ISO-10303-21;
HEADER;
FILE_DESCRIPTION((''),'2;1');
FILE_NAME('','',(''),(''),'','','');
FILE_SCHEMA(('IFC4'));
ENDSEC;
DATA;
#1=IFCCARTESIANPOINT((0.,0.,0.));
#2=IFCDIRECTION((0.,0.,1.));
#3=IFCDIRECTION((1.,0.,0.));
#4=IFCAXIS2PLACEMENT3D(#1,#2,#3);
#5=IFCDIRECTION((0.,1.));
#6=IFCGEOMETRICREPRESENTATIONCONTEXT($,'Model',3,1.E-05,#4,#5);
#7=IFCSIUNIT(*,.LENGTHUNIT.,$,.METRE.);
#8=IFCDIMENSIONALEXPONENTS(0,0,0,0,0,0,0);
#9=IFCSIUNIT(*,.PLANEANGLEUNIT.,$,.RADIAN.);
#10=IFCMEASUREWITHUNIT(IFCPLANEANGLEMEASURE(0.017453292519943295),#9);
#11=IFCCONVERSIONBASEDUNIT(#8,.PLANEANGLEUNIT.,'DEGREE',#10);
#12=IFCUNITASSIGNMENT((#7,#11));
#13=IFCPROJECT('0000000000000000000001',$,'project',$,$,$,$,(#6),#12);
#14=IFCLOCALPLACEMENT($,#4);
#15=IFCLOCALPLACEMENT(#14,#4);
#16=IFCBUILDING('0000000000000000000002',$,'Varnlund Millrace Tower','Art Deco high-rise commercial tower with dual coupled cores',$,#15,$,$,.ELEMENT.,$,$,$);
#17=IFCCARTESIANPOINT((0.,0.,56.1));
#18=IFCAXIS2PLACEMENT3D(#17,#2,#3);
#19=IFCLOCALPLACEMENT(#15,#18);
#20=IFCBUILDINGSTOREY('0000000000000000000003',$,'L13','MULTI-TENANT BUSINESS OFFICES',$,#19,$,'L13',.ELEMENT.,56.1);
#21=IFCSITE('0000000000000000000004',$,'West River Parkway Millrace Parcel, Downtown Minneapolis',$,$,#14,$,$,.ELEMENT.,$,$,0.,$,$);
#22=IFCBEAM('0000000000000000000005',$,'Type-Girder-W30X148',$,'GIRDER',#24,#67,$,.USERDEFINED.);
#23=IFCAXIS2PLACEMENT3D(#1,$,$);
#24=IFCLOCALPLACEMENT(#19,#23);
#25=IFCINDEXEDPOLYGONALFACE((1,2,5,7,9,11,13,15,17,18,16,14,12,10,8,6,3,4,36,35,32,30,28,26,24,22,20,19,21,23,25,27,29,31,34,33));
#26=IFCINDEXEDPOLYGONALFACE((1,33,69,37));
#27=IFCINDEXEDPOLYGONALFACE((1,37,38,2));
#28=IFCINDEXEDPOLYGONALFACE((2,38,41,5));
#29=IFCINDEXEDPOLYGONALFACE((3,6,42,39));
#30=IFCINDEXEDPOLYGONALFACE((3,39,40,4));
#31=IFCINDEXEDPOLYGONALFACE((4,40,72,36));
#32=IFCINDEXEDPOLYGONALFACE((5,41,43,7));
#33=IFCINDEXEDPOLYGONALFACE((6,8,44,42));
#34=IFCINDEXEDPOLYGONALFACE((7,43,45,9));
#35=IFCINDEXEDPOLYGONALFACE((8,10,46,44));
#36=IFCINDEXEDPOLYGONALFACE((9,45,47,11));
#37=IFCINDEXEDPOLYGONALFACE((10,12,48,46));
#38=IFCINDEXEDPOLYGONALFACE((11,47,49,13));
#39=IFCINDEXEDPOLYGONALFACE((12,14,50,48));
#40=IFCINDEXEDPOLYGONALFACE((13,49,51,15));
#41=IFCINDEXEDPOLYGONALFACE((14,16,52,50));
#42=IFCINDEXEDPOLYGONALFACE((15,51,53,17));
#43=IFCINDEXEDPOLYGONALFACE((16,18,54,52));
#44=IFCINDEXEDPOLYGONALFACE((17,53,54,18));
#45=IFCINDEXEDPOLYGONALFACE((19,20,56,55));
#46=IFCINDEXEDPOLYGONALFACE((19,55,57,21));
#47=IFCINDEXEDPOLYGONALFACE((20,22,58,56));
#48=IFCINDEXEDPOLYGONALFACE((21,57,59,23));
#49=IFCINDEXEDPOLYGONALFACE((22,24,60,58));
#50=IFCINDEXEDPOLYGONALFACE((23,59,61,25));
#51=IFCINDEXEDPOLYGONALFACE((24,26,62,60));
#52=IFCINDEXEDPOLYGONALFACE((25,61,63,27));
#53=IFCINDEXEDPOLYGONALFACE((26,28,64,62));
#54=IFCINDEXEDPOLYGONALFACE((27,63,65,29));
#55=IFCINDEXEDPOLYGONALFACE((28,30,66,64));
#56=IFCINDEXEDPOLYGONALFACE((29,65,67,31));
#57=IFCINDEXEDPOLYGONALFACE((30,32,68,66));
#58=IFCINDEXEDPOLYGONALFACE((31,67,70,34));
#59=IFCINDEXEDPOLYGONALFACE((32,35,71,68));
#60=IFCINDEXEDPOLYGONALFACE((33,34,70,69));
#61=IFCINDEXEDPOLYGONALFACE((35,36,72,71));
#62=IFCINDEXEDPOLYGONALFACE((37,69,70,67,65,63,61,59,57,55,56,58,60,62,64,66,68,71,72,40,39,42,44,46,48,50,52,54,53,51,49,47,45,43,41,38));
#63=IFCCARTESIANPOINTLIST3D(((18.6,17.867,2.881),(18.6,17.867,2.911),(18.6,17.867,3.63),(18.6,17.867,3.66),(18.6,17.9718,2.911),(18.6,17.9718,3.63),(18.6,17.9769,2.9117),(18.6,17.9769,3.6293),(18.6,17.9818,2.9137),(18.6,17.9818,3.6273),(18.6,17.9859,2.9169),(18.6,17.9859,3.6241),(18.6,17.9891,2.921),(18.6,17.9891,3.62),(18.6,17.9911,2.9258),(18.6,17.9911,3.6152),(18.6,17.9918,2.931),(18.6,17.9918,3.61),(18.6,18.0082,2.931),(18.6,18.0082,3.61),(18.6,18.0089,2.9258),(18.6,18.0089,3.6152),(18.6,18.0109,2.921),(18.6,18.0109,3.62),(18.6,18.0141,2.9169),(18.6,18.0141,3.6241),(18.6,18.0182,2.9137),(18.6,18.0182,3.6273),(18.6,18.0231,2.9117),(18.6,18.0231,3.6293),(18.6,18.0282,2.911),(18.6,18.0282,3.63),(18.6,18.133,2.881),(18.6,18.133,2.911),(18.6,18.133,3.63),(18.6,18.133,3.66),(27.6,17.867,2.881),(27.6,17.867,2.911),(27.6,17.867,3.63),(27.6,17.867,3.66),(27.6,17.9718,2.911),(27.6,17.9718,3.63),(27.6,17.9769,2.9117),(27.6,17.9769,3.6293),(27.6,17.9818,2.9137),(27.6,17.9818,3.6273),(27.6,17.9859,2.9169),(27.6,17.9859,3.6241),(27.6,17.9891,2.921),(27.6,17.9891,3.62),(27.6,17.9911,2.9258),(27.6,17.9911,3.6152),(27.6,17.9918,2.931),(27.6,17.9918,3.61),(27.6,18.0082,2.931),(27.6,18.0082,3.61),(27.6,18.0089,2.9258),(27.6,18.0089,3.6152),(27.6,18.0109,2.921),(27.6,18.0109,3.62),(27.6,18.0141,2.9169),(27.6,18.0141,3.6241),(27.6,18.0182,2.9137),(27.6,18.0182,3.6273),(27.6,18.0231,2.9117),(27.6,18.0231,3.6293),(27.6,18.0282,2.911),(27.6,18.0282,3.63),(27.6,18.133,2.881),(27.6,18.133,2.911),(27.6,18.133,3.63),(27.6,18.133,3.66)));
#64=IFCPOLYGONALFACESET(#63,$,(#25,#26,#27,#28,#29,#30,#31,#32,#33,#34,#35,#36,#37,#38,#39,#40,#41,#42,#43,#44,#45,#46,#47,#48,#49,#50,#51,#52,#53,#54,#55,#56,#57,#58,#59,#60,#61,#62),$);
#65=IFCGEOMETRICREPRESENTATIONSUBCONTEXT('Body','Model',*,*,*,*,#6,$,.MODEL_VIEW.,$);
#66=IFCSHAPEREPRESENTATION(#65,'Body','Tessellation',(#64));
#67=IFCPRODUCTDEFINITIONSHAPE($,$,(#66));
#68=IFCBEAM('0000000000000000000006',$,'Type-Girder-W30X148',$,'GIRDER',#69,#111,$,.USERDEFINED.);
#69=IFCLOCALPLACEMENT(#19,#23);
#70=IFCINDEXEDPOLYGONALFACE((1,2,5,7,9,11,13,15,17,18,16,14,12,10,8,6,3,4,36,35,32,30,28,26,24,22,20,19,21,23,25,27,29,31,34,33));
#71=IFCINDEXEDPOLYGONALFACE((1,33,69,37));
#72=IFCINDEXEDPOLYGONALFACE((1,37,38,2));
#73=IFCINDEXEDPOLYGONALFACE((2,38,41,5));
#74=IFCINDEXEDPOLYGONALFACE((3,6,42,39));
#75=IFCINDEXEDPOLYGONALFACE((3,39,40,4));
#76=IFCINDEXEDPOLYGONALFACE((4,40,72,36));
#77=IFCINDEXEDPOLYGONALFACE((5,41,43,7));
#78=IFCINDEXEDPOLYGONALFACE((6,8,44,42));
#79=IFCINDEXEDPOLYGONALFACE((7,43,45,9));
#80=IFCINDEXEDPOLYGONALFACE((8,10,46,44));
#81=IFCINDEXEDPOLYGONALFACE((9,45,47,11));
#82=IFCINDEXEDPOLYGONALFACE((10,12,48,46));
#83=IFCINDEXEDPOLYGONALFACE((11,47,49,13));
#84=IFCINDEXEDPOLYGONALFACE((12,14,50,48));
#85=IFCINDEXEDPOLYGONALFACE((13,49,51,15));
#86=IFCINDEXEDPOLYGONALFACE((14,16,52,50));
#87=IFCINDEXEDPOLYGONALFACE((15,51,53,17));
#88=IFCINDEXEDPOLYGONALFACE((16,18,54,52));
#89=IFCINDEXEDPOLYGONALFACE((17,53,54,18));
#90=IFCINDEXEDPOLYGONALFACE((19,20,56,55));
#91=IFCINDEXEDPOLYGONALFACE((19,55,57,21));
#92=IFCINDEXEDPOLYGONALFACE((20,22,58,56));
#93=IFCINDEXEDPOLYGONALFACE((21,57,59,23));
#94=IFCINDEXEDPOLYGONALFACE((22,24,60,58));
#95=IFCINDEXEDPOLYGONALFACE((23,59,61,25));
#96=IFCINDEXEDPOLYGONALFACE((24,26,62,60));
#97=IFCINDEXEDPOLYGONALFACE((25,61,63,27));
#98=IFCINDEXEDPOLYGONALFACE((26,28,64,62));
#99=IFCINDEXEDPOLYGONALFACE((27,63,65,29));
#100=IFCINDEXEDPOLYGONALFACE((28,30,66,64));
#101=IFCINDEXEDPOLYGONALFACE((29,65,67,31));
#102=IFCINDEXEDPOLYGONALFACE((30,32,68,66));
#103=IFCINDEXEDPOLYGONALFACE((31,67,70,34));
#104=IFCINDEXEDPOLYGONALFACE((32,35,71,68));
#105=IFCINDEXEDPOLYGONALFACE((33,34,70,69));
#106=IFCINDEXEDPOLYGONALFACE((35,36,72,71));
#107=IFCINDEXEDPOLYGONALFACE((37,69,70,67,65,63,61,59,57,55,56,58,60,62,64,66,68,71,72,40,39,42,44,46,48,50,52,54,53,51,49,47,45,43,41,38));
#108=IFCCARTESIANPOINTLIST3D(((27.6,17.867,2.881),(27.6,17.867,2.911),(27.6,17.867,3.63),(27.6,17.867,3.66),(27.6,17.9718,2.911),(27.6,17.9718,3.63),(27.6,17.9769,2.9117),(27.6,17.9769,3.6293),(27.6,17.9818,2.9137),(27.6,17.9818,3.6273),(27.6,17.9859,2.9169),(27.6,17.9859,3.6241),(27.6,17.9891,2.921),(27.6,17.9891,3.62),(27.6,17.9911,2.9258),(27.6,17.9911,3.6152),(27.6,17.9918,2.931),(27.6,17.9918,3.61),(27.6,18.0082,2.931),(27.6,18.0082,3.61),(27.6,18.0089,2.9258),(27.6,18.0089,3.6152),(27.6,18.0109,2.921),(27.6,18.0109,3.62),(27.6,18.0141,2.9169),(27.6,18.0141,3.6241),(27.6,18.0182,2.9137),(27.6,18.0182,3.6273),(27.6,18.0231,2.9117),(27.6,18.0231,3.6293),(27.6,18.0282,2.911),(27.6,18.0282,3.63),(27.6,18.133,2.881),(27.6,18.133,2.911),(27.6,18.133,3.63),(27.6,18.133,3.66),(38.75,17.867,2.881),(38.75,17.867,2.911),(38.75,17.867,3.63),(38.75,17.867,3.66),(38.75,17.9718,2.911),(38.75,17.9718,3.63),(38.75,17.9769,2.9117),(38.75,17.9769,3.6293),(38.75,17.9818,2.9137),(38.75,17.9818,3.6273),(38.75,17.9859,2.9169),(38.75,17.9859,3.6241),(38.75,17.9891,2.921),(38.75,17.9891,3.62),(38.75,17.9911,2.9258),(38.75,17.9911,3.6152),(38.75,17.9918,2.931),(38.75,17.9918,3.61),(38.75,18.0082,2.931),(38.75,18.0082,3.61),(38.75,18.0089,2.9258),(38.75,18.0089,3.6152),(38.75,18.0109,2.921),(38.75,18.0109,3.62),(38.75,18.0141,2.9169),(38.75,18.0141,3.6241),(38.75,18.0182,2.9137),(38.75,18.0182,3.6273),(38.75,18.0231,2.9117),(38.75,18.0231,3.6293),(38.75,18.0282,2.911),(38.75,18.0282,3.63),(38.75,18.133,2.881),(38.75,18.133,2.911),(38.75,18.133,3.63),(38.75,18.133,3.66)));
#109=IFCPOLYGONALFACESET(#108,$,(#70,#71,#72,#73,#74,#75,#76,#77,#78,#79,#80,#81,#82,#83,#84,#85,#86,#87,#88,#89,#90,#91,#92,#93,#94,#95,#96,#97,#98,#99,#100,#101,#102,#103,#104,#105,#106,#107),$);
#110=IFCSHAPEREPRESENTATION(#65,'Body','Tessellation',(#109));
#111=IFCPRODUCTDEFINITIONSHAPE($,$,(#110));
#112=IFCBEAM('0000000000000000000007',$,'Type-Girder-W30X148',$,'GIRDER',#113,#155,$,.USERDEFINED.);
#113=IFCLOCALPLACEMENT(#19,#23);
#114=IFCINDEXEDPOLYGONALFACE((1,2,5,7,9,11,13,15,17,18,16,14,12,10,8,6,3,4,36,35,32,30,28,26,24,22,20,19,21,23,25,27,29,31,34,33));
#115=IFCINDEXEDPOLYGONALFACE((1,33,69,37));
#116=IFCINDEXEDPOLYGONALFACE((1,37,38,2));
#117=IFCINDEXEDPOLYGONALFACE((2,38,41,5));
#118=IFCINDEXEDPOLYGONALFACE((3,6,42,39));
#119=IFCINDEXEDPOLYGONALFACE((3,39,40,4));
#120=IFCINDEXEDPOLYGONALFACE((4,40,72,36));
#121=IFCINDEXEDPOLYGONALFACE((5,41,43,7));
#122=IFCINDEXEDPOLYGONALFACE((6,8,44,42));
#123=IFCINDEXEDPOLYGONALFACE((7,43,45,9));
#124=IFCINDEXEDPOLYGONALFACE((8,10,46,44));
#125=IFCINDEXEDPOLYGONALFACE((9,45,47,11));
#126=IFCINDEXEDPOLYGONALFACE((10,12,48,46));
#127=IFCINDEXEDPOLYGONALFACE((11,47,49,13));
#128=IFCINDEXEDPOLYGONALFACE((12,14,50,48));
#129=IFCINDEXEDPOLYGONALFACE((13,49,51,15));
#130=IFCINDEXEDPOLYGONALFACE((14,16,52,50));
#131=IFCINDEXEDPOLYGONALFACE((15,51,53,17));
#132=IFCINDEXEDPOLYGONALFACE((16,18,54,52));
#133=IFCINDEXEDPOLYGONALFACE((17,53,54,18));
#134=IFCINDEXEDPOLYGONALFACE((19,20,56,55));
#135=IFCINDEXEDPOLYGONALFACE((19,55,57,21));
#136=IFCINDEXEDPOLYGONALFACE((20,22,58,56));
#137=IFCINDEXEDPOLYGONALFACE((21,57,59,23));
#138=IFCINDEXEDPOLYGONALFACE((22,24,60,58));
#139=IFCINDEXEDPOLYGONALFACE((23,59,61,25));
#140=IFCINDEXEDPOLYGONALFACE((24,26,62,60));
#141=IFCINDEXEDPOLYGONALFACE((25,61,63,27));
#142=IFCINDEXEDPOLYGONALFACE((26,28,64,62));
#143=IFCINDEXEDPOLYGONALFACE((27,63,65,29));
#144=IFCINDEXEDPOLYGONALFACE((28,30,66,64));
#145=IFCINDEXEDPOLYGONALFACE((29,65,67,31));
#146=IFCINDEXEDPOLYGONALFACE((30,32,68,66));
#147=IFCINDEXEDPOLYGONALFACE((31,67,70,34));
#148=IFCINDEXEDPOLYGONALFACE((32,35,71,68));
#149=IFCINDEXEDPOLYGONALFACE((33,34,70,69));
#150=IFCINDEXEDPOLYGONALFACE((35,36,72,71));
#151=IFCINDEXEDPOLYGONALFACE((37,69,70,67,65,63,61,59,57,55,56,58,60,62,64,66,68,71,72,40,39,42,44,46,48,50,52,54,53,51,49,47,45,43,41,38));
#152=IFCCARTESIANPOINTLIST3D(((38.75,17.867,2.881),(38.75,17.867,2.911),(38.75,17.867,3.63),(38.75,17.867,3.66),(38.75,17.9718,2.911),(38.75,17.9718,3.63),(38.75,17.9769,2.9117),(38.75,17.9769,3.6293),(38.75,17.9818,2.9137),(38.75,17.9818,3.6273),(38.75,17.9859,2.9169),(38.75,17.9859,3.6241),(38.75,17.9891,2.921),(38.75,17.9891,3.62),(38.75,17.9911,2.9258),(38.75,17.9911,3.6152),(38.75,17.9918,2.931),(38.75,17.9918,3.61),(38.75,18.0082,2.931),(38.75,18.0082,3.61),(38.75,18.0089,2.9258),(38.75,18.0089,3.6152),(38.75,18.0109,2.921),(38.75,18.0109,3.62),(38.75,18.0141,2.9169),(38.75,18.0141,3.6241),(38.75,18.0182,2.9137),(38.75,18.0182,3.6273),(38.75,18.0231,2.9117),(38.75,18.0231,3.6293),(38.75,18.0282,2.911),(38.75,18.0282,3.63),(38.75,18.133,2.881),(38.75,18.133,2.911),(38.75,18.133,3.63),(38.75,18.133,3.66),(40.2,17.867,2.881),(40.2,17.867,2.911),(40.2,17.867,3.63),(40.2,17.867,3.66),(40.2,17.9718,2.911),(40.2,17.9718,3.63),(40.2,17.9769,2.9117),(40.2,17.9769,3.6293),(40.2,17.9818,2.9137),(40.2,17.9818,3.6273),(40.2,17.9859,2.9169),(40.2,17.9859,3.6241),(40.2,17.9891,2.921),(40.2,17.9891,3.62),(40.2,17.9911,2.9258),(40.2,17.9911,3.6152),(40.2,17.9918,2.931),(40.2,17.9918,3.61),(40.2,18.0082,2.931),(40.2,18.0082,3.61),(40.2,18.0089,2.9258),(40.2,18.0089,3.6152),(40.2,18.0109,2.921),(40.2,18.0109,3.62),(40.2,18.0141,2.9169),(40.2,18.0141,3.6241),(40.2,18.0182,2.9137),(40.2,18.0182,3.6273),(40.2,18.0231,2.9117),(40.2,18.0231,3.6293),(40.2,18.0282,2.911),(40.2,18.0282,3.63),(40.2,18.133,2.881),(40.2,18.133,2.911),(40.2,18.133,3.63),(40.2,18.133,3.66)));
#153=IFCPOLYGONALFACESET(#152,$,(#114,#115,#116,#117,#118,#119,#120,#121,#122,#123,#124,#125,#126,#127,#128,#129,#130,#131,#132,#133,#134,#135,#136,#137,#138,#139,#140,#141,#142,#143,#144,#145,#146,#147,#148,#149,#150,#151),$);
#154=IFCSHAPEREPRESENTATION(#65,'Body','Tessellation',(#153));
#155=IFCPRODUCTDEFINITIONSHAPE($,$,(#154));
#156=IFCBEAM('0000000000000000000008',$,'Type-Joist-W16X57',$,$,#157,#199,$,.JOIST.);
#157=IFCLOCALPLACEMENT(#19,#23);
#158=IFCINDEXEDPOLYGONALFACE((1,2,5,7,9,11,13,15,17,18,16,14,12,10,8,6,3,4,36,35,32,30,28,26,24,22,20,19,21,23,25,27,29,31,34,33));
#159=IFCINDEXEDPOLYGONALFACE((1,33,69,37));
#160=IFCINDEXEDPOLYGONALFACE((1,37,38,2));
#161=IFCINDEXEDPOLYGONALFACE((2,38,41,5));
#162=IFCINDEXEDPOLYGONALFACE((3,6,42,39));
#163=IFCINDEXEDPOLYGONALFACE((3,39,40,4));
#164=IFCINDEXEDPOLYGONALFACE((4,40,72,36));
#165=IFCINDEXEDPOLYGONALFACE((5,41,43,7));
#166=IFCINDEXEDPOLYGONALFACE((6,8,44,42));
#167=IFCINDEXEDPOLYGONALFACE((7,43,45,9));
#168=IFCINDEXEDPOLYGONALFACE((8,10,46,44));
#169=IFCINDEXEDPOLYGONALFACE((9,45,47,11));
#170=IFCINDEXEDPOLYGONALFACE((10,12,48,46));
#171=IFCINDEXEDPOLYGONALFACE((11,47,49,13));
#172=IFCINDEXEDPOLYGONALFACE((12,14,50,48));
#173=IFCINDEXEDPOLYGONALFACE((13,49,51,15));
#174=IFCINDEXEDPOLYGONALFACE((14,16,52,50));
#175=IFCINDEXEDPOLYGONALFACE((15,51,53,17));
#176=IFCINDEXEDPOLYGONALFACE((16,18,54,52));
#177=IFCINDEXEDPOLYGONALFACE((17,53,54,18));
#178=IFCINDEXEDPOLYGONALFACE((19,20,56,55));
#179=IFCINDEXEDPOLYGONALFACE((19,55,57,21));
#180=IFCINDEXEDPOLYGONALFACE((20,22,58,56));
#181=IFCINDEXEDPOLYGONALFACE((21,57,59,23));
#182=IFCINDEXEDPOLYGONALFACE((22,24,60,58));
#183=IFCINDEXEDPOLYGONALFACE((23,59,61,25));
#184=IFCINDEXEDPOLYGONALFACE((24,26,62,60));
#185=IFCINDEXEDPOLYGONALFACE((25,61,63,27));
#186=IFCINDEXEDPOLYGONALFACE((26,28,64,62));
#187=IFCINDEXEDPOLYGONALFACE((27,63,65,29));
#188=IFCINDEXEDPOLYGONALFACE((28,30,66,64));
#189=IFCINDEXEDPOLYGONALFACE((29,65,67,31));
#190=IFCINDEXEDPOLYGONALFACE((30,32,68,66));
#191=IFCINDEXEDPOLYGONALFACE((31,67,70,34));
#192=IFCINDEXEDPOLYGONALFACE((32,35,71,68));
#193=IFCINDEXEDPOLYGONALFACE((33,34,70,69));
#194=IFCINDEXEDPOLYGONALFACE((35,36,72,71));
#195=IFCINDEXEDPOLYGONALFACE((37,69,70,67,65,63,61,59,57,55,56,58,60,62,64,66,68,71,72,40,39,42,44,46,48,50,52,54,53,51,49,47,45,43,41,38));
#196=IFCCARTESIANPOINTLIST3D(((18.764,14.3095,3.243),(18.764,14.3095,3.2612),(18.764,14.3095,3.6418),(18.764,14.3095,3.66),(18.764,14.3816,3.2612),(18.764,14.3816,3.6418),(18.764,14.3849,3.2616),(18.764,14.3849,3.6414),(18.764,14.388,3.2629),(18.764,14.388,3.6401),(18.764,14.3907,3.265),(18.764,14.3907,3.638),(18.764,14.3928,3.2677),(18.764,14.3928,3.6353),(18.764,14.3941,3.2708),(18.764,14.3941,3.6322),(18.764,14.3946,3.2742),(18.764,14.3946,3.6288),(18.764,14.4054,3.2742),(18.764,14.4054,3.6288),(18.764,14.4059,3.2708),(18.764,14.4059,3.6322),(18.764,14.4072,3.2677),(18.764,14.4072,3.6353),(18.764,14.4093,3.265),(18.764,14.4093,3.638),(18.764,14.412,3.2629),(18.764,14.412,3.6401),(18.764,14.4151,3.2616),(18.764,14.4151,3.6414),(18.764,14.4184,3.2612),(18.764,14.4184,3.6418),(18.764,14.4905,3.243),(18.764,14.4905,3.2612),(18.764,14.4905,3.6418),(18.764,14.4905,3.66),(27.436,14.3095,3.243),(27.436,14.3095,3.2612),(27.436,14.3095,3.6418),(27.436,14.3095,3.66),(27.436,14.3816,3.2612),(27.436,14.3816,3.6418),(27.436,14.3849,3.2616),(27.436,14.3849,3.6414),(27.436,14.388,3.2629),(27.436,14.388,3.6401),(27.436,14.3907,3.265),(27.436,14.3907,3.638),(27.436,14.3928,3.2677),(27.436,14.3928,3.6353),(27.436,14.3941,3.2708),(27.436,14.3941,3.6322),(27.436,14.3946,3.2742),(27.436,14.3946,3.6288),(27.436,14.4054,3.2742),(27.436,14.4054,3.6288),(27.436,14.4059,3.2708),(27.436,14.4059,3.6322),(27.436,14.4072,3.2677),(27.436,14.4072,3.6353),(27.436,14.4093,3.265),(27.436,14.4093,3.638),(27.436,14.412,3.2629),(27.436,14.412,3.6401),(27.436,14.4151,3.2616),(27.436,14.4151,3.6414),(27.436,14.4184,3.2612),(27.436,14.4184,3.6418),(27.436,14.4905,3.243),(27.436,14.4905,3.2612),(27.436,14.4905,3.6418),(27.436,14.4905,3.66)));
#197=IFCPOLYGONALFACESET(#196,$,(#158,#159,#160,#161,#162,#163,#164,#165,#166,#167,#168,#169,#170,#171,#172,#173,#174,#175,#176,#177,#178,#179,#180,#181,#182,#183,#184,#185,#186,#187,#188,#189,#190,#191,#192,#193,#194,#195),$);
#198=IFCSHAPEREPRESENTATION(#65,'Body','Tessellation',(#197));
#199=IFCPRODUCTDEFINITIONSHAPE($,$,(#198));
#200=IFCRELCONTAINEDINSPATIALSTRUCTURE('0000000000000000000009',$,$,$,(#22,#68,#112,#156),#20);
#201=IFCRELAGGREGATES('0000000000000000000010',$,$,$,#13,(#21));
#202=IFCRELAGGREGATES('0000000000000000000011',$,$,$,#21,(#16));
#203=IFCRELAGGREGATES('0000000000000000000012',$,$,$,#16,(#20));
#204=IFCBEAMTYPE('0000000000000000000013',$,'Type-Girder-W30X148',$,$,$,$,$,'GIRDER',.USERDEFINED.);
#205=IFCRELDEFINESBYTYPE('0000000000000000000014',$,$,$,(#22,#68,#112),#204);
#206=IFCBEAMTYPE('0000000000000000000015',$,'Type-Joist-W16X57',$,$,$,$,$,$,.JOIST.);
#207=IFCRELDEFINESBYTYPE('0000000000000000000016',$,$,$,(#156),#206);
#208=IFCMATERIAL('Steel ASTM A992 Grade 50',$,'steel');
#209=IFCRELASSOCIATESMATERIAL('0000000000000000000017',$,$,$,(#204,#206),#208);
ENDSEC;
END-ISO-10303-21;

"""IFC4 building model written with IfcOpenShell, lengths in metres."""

from ifc_helpers import new_model, entity, si_unit, converted_unit, direction, frame, origin_with_axes, origin_2d_with_axis, place, context, subcontext, project, spatial, i_section, extrude, material, material_profile, profile_set, type_object, element, save


model = new_model("IFC4")

# Units and contexts
model_context = context("Model", 3, precision=1e-05, world=origin_with_axes(), true_north=direction((0.0, 1.0)))
body_context = subcontext(model_context, "Body", "Model", "MODEL_VIEW")
ifc_project = project(units=[si_unit("LENGTHUNIT", "METRE"), converted_unit("PLANEANGLEUNIT", "DEGREE", entity("IfcPlaneAngleMeasure", 0.017453292519943295), si_unit("PLANEANGLEUNIT", "RADIAN"), dimensions=[0, 0, 0, 0, 0, 0, 0])], contexts=[model_context])

# Site, building, storey
site_placement = place(None, origin_with_axes())
site = spatial("IfcSite", under=ifc_project, at=site_placement, Name="West River Parkway Millrace Parcel, Downtown Minneapolis", CompositionType="ELEMENT", RefElevation=0.0)
building_placement = place(site_placement, origin_with_axes())
building = spatial("IfcBuilding", under=site, at=building_placement, Name="Varnlund Millrace Tower", Description="Art Deco high-rise commercial tower with dual coupled cores", CompositionType="ELEMENT")
storey_placement = place(building_placement, frame((0.0, 0.0, 56.1), z_axis=(0.0, 0.0, 1.0), x_axis=(1.0, 0.0, 0.0)))
storey = spatial("IfcBuildingStorey", under=building, at=storey_placement, Name="L13", Description="MULTI-TENANT BUSINESS OFFICES", LongName="L13", CompositionType="ELEMENT", Elevation=56.1)

# Beams
ifc_material_1 = material(Name="Steel ASTM A992 Grade 50", Category="steel")
ifc_material_profile_1 = material_profile(ifc_material_1, i_section(OverallWidth=0.266, OverallDepth=0.779, WebThickness=0.0165, FlangeThickness=0.03, FilletRadius=0.02, at=origin_2d_with_axis()), Name="Steel ASTM A992 Grade 50")
ifc_profile_set_1 = profile_set([ifc_material_profile_1], Name="Steel ASTM A992 Grade 50")
beam_type_1 = type_object("IfcBeamType", Name="Type-Girder-W30X148", ElementType="GIRDER", PredefinedType="USERDEFINED", material=ifc_profile_set_1)
beam_1_placement = place(storey_placement, frame((18.6, 18.0, 3.2705), z_axis=(1.0, 0.0, 0.0), x_axis=(0.0, 1.0, 0.0)))
element("IfcBeam", 1, at=beam_1_placement, inside=storey, type_object=beam_type_1, Name="Type-Girder-W30X148", ObjectType="GIRDER", PredefinedType="USERDEFINED", context=body_context, shape_type="SweptSolid", body=[
    extrude(i_section(OverallWidth=0.266, OverallDepth=0.779, WebThickness=0.0165, FlangeThickness=0.03, FilletRadius=0.02, at=origin_2d_with_axis()), origin_with_axes(), (0.0, 0.0, 1.0), 9.0),
])
beam_2_placement = place(storey_placement, frame((27.6, 18.0, 3.2705), z_axis=(1.0, 0.0, 0.0), x_axis=(0.0, 1.0, 0.0)))
element("IfcBeam", 2, at=beam_2_placement, inside=storey, type_object=beam_type_1, Name="Type-Girder-W30X148", ObjectType="GIRDER", PredefinedType="USERDEFINED", context=body_context, shape_type="SweptSolid", body=[
    extrude(i_section(OverallWidth=0.266, OverallDepth=0.779, WebThickness=0.0165, FlangeThickness=0.03, FilletRadius=0.02, at=origin_2d_with_axis()), origin_with_axes(), (0.0, 0.0, 1.0), 11.15),
])
beam_3_placement = place(storey_placement, frame((38.75, 18.0, 3.2705), z_axis=(1.0, 0.0, 0.0), x_axis=(0.0, 1.0, 0.0)))
element("IfcBeam", 3, at=beam_3_placement, inside=storey, type_object=beam_type_1, Name="Type-Girder-W30X148", ObjectType="GIRDER", PredefinedType="USERDEFINED", context=body_context, shape_type="SweptSolid", body=[
    extrude(i_section(OverallWidth=0.266, OverallDepth=0.779, WebThickness=0.0165, FlangeThickness=0.03, FilletRadius=0.02, at=origin_2d_with_axis()), origin_with_axes(), (0.0, 0.0, 1.0), 1.45),
])
ifc_material_profile_2 = material_profile(ifc_material_1, i_section(OverallWidth=0.181, OverallDepth=0.417, WebThickness=0.0109, FlangeThickness=0.0182, FilletRadius=0.013, at=origin_2d_with_axis()), Name="Steel ASTM A992 Grade 50")
ifc_profile_set_2 = profile_set([ifc_material_profile_2], Name="Steel ASTM A992 Grade 50")
beam_type_2 = type_object("IfcBeamType", Name="Type-Joist-W16X57", PredefinedType="JOIST", material=ifc_profile_set_2)
beam_4_placement = place(storey_placement, frame((18.764, 14.4, 3.4515), z_axis=(1.0, 0.0, 0.0), x_axis=(0.0, 1.0, 0.0)))
element("IfcBeam", 4, at=beam_4_placement, inside=storey, type_object=beam_type_2, Name="Type-Joist-W16X57", PredefinedType="JOIST", context=body_context, shape_type="SweptSolid", body=[
    extrude(i_section(OverallWidth=0.181, OverallDepth=0.417, WebThickness=0.0109, FlangeThickness=0.0182, FilletRadius=0.013, at=origin_2d_with_axis()), origin_with_axes(), (0.0, 0.0, 1.0), 8.672),
])

save(model, "model.ifc")
